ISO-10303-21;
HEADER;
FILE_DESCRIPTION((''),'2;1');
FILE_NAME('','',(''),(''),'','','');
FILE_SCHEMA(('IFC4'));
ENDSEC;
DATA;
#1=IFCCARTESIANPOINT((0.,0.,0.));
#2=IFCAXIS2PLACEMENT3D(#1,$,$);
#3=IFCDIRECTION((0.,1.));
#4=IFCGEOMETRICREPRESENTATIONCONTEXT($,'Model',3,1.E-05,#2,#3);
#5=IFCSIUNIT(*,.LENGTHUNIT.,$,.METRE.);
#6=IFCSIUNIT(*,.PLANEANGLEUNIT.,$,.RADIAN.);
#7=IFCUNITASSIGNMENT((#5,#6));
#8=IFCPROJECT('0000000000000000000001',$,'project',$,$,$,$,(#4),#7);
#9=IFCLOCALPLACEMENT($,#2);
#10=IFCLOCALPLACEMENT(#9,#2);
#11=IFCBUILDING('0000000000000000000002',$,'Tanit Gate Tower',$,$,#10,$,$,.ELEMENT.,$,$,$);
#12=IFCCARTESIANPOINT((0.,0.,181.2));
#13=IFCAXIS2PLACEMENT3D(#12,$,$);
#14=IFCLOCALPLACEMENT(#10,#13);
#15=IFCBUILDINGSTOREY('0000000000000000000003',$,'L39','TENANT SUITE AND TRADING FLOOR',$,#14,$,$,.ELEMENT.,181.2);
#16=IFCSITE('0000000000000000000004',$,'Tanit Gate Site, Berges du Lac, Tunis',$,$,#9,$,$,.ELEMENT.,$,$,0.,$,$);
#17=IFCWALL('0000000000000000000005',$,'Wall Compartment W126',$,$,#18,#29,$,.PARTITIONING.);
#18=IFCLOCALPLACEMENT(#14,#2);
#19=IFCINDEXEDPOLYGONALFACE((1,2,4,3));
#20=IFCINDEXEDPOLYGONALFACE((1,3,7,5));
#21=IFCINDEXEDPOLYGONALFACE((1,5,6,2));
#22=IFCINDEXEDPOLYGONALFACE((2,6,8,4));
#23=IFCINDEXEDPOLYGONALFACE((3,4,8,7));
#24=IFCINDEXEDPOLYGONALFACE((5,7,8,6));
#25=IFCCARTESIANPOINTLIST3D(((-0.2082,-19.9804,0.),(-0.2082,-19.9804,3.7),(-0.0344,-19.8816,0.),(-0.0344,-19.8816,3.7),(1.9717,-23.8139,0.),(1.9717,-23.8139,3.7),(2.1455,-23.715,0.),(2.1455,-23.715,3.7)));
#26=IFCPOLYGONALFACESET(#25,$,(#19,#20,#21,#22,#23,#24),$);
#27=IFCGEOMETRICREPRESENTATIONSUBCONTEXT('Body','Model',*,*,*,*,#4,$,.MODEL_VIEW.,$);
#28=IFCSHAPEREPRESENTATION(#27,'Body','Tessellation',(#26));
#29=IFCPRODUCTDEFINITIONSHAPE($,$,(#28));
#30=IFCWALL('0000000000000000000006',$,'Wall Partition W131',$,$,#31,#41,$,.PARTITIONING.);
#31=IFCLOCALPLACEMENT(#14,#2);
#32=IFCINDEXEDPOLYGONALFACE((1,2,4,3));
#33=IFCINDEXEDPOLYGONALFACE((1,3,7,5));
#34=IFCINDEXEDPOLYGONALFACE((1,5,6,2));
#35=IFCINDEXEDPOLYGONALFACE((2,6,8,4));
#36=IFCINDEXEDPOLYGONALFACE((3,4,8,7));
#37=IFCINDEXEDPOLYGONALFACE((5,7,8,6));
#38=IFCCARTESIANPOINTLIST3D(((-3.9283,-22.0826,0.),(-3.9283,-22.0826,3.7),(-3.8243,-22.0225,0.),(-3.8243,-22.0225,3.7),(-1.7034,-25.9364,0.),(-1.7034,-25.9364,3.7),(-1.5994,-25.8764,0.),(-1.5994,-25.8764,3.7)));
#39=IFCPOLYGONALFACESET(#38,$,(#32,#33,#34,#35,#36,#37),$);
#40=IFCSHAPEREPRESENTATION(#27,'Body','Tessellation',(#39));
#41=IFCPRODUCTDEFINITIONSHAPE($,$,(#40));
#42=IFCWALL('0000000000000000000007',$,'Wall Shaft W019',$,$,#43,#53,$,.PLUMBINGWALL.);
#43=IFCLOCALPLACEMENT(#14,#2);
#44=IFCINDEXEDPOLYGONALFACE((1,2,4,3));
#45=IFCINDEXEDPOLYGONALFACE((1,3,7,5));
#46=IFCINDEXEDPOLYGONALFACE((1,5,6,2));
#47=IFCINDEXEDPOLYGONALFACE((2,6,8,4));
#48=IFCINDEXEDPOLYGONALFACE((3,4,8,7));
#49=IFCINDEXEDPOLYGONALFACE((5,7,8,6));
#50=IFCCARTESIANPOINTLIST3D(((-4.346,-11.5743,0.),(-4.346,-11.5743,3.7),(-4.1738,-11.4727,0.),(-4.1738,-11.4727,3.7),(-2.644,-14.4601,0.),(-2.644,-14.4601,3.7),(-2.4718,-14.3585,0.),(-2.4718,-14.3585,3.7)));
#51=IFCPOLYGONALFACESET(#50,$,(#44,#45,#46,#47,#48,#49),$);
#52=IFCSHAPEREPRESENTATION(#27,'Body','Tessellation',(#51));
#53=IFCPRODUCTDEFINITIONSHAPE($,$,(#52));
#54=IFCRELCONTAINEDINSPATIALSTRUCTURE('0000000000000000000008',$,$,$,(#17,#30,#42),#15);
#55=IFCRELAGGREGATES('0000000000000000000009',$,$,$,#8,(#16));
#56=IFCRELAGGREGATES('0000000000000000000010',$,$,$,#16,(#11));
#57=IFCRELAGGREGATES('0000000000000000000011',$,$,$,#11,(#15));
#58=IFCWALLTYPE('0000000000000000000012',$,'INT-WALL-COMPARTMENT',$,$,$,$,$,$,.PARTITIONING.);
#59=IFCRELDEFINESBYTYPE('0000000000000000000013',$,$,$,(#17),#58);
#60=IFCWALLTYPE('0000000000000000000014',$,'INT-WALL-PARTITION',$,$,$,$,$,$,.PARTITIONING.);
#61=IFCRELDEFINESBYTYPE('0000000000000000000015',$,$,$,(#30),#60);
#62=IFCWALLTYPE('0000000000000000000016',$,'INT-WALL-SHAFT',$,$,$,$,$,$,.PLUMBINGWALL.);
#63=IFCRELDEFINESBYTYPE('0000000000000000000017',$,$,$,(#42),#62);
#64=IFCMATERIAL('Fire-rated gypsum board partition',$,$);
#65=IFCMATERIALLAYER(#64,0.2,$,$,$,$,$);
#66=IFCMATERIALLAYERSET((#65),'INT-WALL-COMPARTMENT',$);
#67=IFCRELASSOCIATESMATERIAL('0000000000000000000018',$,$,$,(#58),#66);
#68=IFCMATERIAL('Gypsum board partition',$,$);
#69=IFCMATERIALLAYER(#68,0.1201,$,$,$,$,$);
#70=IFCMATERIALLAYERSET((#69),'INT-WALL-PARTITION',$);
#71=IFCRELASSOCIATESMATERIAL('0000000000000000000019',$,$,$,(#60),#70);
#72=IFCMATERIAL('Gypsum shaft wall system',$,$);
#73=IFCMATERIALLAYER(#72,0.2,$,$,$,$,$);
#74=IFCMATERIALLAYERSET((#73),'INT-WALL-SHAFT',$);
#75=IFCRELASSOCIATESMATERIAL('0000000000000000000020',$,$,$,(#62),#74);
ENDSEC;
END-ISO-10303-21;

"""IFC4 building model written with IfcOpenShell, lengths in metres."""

from ifc_helpers import new_model, si_unit, direction, frame, frame_2d, origin, place, context, subcontext, project, spatial, rectangle, extrude, material, layer, layer_set, type_object, element, save


model = new_model("IFC4")

# Units and contexts
model_context = context("Model", 3, precision=1e-05, world=origin(), true_north=direction((0.0, 1.0)))
body_context = subcontext(model_context, "Body", "Model", "MODEL_VIEW")
ifc_project = project(units=[si_unit("LENGTHUNIT", "METRE"), si_unit("PLANEANGLEUNIT", "RADIAN")], contexts=[model_context])

# Site, building, storey
site_placement = place(None, origin())
site = spatial("IfcSite", under=ifc_project, at=site_placement, Name="Tanit Gate Site, Berges du Lac, Tunis", CompositionType="ELEMENT", RefElevation=0.0)
building_placement = place(site_placement, origin())
building = spatial("IfcBuilding", under=site, at=building_placement, Name="Tanit Gate Tower", CompositionType="ELEMENT")
storey_placement = place(building_placement, frame((0.0, 0.0, 181.2)))
storey = spatial("IfcBuildingStorey", under=building, at=storey_placement, Name="L39", Description="TENANT SUITE AND TRADING FLOOR", CompositionType="ELEMENT", Elevation=181.2)

# Shared definitions
ifc_material_1 = material(Name="Fire-rated gypsum board partition")
ifc_layer_1 = layer(ifc_material_1, 0.2)
ifc_layer_set_1 = layer_set([ifc_layer_1], Name="INT-WALL-COMPARTMENT")
wall_type_1 = type_object("IfcWallType", Name="INT-WALL-COMPARTMENT", PredefinedType="PARTITIONING", material=ifc_layer_set_1)

# Walls
wall_1_placement = place(storey_placement, frame((-0.1213, -19.9309, 0.0), z_axis=(0.0, 0.0, 1.0), x_axis=(0.494319, -0.86928, 0.0)))
element("IfcWall", 1, at=wall_1_placement, inside=storey, type_object=wall_type_1, Name="Wall Compartment W126", PredefinedType="PARTITIONING", context=body_context, shape_type="SweptSolid", body=[
    extrude(rectangle(XDim=4.4099, YDim=0.2, at=frame_2d((2.2051, 0.0))), origin(), (0.0, 0.0, 1.0), 3.7),
])
ifc_material_2 = material(Name="Gypsum board partition")
ifc_layer_2 = layer(ifc_material_2, 0.1201)
ifc_layer_set_2 = layer_set([ifc_layer_2], Name="INT-WALL-PARTITION")
wall_type_2 = type_object("IfcWallType", Name="INT-WALL-PARTITION", PredefinedType="PARTITIONING", material=ifc_layer_set_2)
wall_2_placement = place(storey_placement, frame((-1.6514, -25.9065, 0.0), z_axis=(0.0, 0.0, 1.0), x_axis=(-0.49998, 0.866037, 0.0)))
element("IfcWall", 2, at=wall_2_placement, inside=storey, type_object=wall_type_2, Name="Wall Partition W131", PredefinedType="PARTITIONING", context=body_context, shape_type="SweptSolid", body=[
    extrude(rectangle(XDim=4.45, YDim=0.1201, at=frame_2d((2.2251, 0.0))), origin(), (0.0, 0.0, 1.0), 3.7),
])
ifc_material_3 = material(Name="Gypsum shaft wall system")
ifc_layer_3 = layer(ifc_material_3, 0.2)
ifc_layer_set_3 = layer_set([ifc_layer_3], Name="INT-WALL-SHAFT")
wall_type_3 = type_object("IfcWallType", Name="INT-WALL-SHAFT", PredefinedType="PLUMBINGWALL", material=ifc_layer_set_3)
wall_3_placement = place(storey_placement, frame((-2.5579, -14.4094, 0.0), z_axis=(0.0, 0.0, 1.0), x_axis=(-0.507997, 0.861359, 0.0)))
element("IfcWall", 3, at=wall_3_placement, inside=storey, type_object=wall_type_3, Name="Wall Shaft W019", PredefinedType="PLUMBINGWALL", context=body_context, shape_type="SweptSolid", body=[
    extrude(rectangle(XDim=3.3503, YDim=0.2, at=frame_2d((1.6753, 0.0))), origin(), (0.0, 0.0, 1.0), 3.7),
])

save(model, "model.ifc")
